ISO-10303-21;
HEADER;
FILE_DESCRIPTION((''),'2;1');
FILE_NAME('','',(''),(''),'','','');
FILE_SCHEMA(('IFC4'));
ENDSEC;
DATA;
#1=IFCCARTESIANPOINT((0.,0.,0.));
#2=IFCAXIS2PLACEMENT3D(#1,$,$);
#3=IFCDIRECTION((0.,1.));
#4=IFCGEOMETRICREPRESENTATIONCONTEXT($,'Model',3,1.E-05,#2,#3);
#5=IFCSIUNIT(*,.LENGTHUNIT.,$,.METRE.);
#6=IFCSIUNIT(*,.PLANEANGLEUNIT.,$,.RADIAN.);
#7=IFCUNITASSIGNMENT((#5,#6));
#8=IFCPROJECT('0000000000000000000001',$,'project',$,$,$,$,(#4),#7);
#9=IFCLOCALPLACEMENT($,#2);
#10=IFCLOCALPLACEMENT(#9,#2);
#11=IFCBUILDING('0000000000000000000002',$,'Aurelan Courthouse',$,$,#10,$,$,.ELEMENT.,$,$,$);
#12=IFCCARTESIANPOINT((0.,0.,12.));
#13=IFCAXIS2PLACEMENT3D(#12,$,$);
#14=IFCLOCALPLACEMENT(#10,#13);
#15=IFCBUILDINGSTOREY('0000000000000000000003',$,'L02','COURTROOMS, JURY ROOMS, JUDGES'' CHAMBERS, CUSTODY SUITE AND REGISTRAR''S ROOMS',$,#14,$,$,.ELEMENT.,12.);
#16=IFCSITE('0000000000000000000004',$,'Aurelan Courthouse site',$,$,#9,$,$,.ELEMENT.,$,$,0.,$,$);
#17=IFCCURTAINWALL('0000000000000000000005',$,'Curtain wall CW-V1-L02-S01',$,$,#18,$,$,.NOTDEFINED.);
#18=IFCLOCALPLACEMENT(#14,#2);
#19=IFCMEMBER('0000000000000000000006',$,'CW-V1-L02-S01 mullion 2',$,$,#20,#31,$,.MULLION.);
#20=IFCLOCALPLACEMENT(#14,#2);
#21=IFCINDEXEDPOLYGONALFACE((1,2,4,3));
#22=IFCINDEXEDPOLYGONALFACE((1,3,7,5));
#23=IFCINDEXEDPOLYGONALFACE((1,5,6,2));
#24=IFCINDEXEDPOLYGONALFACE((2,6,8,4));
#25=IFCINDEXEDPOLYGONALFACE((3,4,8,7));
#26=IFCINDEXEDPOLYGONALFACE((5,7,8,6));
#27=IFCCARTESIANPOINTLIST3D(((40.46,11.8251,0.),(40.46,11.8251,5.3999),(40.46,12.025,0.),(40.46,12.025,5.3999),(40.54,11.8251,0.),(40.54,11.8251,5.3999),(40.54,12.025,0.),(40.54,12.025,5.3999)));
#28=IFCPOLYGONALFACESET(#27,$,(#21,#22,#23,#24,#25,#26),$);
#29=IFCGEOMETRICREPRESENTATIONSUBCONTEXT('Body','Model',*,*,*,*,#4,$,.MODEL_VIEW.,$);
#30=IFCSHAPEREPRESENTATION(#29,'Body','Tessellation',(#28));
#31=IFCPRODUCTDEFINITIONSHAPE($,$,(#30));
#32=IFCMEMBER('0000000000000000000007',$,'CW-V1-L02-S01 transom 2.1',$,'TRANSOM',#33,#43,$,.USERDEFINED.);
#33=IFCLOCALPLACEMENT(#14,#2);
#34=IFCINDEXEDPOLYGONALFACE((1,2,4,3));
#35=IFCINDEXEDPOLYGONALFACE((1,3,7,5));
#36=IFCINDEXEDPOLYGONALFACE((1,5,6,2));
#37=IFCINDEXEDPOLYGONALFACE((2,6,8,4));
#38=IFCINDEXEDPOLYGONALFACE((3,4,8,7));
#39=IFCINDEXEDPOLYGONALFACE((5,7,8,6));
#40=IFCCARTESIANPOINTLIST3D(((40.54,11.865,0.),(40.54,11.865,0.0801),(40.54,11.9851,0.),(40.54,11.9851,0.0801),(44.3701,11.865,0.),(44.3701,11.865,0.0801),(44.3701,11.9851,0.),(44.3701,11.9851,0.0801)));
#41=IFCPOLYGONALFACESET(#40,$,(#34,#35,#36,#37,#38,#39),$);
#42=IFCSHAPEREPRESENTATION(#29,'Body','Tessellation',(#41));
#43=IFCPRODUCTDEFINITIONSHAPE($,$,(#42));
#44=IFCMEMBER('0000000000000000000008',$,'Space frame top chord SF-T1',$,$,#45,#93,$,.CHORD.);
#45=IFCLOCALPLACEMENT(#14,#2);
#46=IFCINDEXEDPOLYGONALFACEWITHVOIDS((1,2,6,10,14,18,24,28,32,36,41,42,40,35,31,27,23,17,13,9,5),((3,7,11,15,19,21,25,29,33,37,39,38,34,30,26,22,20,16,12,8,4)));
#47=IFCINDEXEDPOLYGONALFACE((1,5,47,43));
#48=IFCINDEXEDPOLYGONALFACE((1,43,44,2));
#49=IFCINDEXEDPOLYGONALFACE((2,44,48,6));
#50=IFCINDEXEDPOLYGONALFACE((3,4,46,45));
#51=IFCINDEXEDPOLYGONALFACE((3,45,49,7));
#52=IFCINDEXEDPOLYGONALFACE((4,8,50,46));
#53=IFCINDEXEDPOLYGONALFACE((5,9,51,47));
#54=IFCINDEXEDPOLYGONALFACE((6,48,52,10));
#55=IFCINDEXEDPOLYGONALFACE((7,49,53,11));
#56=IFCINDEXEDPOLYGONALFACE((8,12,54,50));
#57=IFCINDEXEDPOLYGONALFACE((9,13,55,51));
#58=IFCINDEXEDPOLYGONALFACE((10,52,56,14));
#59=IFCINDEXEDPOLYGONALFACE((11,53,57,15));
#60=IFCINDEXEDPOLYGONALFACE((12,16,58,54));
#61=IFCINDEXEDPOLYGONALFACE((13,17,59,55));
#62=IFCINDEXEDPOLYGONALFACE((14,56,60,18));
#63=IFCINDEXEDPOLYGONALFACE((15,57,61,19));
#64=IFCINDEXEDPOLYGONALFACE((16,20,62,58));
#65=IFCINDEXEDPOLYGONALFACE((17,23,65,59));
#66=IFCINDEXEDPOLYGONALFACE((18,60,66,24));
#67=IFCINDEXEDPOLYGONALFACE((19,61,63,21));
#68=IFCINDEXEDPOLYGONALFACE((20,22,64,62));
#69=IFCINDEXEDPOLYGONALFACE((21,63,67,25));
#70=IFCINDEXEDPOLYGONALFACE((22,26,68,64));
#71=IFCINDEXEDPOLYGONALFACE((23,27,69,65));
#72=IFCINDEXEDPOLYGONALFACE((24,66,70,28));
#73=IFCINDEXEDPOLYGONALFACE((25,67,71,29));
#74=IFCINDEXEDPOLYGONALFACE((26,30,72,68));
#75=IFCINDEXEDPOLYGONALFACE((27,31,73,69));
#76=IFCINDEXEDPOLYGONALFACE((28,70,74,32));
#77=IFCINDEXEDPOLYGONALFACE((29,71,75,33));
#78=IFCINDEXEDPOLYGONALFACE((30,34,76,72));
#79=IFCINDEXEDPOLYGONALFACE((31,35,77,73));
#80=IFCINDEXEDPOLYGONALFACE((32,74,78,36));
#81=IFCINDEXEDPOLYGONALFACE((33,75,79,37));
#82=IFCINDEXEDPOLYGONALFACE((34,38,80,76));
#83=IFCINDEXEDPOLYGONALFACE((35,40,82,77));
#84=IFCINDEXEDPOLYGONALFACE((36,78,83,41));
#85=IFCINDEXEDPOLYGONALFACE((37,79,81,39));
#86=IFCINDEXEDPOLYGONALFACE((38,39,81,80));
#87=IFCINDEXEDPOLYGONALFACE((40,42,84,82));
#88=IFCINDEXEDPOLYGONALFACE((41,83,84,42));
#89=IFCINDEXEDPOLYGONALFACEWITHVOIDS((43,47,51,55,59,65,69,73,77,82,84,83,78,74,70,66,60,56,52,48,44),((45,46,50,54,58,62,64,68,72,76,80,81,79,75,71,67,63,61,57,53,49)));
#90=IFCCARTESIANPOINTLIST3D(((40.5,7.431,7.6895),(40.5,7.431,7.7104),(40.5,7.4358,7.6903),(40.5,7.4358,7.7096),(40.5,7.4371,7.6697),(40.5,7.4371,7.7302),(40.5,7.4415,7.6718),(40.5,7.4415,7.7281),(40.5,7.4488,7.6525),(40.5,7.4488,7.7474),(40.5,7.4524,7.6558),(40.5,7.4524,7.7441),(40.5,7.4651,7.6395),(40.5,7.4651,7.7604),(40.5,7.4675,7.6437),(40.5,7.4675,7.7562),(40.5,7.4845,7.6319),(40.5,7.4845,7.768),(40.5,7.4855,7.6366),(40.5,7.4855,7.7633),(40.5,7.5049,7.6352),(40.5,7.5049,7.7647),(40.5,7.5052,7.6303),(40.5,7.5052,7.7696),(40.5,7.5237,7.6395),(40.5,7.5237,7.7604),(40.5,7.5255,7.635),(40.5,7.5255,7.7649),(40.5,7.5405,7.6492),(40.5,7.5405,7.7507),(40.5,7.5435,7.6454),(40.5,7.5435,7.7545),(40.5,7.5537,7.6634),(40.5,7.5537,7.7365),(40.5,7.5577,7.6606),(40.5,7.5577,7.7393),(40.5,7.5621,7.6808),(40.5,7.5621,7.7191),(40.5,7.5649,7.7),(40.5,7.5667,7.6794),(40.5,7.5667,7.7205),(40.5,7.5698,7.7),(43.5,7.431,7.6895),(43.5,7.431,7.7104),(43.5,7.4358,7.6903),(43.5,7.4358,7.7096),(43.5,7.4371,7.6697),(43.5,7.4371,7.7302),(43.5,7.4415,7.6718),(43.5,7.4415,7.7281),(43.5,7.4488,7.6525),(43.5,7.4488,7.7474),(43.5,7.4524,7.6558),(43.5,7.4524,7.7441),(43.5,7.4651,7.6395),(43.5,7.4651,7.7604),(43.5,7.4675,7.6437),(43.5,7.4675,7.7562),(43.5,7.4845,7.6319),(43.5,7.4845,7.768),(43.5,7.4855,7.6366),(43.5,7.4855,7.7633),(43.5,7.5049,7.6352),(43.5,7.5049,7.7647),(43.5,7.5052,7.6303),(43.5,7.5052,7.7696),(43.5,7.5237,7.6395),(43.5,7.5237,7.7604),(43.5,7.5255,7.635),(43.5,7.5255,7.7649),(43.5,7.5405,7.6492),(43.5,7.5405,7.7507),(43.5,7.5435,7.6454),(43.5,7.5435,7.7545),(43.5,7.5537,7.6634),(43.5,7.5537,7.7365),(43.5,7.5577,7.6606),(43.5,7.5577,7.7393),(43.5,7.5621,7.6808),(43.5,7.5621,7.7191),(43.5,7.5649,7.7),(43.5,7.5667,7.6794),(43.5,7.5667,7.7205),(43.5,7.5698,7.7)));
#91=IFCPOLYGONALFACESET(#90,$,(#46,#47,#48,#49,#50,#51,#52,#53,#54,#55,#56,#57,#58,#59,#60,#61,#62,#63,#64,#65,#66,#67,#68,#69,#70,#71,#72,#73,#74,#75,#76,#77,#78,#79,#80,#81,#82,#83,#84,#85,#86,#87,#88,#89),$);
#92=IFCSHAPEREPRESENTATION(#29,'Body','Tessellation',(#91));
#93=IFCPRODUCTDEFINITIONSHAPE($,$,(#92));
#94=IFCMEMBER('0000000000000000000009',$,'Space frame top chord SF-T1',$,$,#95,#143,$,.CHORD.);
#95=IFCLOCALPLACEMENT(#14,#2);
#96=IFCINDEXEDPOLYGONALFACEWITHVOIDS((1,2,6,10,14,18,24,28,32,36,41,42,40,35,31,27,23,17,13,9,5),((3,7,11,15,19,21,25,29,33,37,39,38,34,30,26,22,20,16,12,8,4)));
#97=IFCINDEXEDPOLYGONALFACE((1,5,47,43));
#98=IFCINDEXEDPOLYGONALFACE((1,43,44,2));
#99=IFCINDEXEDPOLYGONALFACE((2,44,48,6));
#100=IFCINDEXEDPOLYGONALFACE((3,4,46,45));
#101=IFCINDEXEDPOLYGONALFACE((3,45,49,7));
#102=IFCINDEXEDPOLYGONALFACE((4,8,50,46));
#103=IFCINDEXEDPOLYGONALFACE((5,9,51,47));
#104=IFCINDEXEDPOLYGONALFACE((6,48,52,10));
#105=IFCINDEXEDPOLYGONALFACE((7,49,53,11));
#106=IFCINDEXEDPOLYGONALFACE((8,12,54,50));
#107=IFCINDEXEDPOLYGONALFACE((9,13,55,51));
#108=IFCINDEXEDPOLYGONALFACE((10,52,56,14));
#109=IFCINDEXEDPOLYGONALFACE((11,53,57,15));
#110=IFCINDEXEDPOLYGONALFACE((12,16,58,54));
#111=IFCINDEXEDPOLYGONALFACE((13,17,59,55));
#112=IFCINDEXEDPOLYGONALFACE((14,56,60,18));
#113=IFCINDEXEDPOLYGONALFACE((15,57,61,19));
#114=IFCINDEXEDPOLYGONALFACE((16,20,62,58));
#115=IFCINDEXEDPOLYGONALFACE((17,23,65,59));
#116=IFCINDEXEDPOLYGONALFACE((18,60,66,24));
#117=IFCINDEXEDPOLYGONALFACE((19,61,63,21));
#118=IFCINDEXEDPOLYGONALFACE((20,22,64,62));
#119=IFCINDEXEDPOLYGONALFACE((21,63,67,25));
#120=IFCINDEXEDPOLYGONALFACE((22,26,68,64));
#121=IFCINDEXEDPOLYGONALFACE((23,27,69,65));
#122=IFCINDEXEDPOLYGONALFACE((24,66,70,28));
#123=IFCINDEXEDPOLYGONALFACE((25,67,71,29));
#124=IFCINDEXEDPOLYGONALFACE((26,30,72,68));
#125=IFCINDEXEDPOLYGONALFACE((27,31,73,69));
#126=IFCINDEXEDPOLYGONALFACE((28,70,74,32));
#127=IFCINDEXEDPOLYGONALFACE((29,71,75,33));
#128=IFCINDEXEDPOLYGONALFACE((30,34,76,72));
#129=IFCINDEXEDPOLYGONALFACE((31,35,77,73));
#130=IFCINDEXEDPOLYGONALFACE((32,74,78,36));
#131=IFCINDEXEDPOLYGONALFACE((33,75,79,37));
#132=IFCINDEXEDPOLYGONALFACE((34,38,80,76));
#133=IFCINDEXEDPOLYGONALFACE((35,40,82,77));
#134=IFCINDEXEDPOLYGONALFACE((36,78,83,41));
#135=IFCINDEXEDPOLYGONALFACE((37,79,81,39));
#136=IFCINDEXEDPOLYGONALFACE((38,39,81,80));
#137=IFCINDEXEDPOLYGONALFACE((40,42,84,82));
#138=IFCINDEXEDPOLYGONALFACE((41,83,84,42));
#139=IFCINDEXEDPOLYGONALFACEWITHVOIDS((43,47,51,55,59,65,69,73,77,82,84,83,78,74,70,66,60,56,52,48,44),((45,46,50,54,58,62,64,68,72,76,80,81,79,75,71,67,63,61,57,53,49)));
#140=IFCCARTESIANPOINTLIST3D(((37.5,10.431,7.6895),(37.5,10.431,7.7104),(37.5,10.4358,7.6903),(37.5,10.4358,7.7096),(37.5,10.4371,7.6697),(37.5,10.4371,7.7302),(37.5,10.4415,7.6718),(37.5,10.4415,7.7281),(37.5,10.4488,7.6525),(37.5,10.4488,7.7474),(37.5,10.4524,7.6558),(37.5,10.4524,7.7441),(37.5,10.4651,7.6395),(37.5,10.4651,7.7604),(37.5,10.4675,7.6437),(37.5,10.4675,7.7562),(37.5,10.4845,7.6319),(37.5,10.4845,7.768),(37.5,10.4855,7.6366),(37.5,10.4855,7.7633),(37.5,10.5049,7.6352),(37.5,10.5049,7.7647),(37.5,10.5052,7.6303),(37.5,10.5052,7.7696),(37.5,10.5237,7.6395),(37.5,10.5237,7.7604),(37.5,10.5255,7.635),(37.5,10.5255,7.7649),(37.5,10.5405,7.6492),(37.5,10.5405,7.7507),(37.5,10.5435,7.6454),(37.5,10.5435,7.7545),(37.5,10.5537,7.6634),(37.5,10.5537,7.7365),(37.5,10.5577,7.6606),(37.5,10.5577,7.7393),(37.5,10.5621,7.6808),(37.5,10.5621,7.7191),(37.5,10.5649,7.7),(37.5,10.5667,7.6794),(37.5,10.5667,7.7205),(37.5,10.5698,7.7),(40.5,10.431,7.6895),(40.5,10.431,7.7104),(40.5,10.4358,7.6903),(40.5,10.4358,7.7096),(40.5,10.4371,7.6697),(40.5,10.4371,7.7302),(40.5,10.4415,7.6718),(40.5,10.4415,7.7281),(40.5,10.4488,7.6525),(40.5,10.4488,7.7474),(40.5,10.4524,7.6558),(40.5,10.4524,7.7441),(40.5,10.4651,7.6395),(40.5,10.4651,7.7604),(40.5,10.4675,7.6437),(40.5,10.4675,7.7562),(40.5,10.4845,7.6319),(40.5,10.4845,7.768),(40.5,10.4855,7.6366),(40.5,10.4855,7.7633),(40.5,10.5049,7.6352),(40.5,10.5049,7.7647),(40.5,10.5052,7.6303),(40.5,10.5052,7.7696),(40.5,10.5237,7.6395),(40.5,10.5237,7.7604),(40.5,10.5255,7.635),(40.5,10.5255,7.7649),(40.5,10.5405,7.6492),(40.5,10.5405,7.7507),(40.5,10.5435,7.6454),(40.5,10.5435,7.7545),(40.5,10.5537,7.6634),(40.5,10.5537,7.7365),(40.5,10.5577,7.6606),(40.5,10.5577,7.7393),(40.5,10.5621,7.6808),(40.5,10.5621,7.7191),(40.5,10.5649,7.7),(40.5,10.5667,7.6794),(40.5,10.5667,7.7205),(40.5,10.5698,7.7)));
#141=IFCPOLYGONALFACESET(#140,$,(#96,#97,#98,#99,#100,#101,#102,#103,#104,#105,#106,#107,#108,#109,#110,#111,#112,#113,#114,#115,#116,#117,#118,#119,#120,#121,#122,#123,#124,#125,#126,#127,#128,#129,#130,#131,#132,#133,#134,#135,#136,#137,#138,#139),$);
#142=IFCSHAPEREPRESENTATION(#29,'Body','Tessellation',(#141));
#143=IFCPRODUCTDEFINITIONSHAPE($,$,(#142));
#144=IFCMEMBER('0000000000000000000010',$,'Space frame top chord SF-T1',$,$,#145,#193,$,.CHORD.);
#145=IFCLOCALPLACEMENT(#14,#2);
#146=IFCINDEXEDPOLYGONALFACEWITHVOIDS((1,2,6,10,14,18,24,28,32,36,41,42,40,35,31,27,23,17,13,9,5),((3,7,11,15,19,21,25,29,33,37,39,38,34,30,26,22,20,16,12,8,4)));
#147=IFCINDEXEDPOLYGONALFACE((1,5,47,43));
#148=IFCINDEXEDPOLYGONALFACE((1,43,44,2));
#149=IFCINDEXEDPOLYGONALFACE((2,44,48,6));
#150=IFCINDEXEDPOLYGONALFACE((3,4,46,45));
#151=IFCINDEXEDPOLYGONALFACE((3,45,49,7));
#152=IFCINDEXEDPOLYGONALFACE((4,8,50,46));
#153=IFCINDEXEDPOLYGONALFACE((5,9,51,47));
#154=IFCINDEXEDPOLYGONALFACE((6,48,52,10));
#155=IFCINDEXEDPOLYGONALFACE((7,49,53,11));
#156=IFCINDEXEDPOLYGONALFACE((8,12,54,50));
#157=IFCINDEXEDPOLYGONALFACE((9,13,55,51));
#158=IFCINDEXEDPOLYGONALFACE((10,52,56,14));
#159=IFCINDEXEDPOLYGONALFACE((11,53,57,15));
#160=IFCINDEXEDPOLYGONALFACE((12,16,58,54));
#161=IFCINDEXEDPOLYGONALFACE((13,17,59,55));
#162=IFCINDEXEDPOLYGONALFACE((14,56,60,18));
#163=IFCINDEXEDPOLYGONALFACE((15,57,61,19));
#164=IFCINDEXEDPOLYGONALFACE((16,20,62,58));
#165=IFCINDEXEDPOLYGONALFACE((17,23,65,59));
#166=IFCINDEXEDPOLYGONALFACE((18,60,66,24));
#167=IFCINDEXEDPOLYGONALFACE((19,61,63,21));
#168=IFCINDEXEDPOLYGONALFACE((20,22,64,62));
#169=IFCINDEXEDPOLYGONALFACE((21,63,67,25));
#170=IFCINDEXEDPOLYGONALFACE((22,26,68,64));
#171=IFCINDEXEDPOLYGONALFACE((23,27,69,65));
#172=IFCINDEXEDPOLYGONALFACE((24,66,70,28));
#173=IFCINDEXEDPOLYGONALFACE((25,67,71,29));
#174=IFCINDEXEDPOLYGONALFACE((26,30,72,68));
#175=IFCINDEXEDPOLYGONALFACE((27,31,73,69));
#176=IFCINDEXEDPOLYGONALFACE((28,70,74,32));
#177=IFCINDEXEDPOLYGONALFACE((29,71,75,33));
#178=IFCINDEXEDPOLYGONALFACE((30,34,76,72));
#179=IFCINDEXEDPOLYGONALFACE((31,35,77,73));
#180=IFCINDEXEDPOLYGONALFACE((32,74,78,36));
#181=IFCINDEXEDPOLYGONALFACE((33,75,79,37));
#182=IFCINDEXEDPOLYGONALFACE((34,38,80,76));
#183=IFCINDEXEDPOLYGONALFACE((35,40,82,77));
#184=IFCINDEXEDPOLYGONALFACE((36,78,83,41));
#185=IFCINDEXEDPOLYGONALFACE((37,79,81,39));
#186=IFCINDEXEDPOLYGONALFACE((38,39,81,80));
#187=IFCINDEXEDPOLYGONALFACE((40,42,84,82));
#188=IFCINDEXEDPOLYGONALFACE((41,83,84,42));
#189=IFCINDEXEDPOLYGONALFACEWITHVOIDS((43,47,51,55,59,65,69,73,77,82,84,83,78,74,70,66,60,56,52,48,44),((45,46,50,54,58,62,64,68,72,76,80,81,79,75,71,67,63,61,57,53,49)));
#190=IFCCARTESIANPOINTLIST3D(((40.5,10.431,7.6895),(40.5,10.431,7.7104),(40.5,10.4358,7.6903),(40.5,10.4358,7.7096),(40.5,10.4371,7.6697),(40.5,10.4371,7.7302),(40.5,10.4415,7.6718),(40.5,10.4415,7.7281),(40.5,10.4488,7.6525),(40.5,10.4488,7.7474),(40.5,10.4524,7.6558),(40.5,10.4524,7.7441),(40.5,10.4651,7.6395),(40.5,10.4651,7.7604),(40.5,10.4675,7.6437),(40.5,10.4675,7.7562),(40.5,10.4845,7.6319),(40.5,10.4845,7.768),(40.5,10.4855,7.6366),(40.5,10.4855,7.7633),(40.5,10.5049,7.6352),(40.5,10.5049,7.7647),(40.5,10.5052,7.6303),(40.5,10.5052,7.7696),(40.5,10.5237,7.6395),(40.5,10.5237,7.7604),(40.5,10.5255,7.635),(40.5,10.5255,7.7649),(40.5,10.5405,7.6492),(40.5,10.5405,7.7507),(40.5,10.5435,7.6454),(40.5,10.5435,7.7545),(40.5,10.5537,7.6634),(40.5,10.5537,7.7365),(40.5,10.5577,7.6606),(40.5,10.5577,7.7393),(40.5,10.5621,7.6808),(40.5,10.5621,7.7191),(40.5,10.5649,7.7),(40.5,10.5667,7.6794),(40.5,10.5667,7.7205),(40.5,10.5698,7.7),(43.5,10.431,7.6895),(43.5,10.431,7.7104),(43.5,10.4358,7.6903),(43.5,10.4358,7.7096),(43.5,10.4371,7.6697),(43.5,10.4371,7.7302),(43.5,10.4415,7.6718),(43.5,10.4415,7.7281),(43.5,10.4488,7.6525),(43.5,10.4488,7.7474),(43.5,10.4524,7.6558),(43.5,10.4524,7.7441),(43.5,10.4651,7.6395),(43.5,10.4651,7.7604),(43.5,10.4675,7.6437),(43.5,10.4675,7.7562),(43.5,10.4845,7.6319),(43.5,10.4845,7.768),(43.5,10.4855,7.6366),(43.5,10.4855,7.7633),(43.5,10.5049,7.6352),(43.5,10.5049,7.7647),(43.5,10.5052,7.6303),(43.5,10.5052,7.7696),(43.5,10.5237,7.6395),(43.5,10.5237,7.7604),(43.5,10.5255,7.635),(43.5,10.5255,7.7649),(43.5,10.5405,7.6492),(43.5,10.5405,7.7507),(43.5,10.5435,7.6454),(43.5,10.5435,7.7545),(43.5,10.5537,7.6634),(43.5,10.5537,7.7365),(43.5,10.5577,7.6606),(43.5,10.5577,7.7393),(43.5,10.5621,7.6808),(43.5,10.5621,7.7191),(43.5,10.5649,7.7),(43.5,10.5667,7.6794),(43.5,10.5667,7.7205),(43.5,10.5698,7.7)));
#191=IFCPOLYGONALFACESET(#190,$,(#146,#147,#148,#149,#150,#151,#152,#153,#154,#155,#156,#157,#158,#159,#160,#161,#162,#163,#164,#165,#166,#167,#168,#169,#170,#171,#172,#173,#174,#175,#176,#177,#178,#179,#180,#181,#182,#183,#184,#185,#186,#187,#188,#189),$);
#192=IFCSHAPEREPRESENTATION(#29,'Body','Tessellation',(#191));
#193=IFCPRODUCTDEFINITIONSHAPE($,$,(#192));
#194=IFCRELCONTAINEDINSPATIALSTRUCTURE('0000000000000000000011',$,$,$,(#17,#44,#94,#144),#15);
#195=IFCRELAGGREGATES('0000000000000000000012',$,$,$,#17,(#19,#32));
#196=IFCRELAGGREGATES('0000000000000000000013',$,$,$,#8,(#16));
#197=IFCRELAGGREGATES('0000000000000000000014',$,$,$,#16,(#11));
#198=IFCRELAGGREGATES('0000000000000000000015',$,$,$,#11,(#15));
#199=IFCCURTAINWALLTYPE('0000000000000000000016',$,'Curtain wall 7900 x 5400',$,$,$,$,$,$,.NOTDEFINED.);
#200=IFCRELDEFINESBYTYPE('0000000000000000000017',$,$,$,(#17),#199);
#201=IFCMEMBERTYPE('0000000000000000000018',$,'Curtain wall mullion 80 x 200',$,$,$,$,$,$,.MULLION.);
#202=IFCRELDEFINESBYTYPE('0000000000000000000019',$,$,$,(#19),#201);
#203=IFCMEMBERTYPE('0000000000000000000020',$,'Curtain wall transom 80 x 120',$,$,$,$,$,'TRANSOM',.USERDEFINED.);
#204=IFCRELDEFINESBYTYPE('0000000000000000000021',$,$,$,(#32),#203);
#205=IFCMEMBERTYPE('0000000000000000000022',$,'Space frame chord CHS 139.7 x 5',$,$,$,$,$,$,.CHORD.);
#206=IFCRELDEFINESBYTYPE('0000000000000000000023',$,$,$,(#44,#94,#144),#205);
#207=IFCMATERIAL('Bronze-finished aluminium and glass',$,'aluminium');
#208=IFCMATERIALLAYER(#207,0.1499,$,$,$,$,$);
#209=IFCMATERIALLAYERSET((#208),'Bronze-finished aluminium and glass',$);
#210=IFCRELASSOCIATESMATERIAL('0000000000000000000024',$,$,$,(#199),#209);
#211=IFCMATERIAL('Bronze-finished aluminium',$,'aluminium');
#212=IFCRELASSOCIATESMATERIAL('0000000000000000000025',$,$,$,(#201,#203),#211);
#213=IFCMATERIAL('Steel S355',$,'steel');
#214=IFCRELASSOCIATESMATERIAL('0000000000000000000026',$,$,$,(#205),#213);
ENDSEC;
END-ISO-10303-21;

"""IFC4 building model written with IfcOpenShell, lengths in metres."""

from ifc_helpers import new_model, si_unit, direction, frame, origin, origin_2d, place, context, subcontext, project, spatial, rectangle, hollow_circle, extrude, material, layer, layer_set, material_profile, profile_set, type_object, element, aggregate, save


model = new_model("IFC4")

# Units and contexts
model_context = context("Model", 3, precision=1e-05, world=origin(), true_north=direction((0.0, 1.0)))
body_context = subcontext(model_context, "Body", "Model", "MODEL_VIEW")
ifc_project = project(units=[si_unit("LENGTHUNIT", "METRE"), si_unit("PLANEANGLEUNIT", "RADIAN")], contexts=[model_context])

# Site, building, storey
site_placement = place(None, origin())
site = spatial("IfcSite", under=ifc_project, at=site_placement, Name="Aurelan Courthouse site", CompositionType="ELEMENT", RefElevation=0.0)
building_placement = place(site_placement, origin())
building = spatial("IfcBuilding", under=site, at=building_placement, Name="Aurelan Courthouse", CompositionType="ELEMENT")
storey_placement = place(building_placement, frame((0.0, 0.0, 12.0)))
storey = spatial("IfcBuildingStorey", under=building, at=storey_placement, Name="L02", Description="COURTROOMS, JURY ROOMS, JUDGES' CHAMBERS, CUSTODY SUITE AND REGISTRAR'S ROOMS", CompositionType="ELEMENT", Elevation=12.0)

# Curtain wall, members
ifc_material_1 = material(Name="Bronze-finished aluminium and glass", Category="aluminium")
ifc_layer_1 = layer(ifc_material_1, 0.1499)
ifc_layer_set_1 = layer_set([ifc_layer_1], Name="Bronze-finished aluminium and glass")
curtain_wall_type = type_object("IfcCurtainWallType", Name="Curtain wall 7900 x 5400", PredefinedType="NOTDEFINED", material=ifc_layer_set_1)
curtain_wall_placement = place(storey_placement, origin())
curtain_wall = element("IfcCurtainWall", 1, at=curtain_wall_placement, inside=storey, type_object=curtain_wall_type, Name="Curtain wall CW-V1-L02-S01", PredefinedType="NOTDEFINED")
ifc_material_2 = material(Name="Bronze-finished aluminium", Category="aluminium")
ifc_material_profile_1 = material_profile(ifc_material_2, rectangle(XDim=0.2, YDim=0.0801, at=origin_2d()), Name="Bronze mullion 80 x 200")
ifc_profile_set_1 = profile_set([ifc_material_profile_1], Name="Bronze-finished aluminium")
member_type_1 = type_object("IfcMemberType", Name="Curtain wall mullion 80 x 200", PredefinedType="MULLION", material=ifc_profile_set_1)
member_1_placement = place(storey_placement, frame((40.5, 11.925, 0.0), z_axis=(0.0, 0.0, 1.0), x_axis=(0.0, 1.0, 0.0)))
member_1 = element("IfcMember", 2, at=member_1_placement, type_object=member_type_1, Name="CW-V1-L02-S01 mullion 2", PredefinedType="MULLION", context=body_context, shape_type="SweptSolid", body=[
    extrude(rectangle(XDim=0.2, YDim=0.0801, at=origin_2d()), origin(), (0.0, 0.0, 1.0), 5.3999),
])
ifc_material_profile_2 = material_profile(ifc_material_2, rectangle(XDim=0.1201, YDim=0.0801, at=origin_2d()), Name="Bronze transom 80 x 120")
ifc_profile_set_2 = profile_set([ifc_material_profile_2], Name="Bronze-finished aluminium")
member_type_2 = type_object("IfcMemberType", Name="Curtain wall transom 80 x 120", ElementType="TRANSOM", PredefinedType="USERDEFINED", material=ifc_profile_set_2)
member_2_placement = place(storey_placement, frame((40.54, 11.925, 0.04), z_axis=(1.0, 0.0, 0.0), x_axis=(0.0, 1.0, 0.0)))
member_2 = element("IfcMember", 3, at=member_2_placement, type_object=member_type_2, Name="CW-V1-L02-S01 transom 2.1", ObjectType="TRANSOM", PredefinedType="USERDEFINED", context=body_context, shape_type="SweptSolid", body=[
    extrude(rectangle(XDim=0.1201, YDim=0.0801, at=origin_2d()), origin(), (0.0, 0.0, 1.0), 3.8301),
])

# Members
ifc_material_3 = material(Name="Steel S355", Category="steel")
ifc_material_profile_3 = material_profile(ifc_material_3, hollow_circle(Radius=0.0698, WallThickness=0.0049, at=origin_2d()), Name="CHS 139.7 x 5")
ifc_profile_set_3 = profile_set([ifc_material_profile_3], Name="Steel S355")
member_type_3 = type_object("IfcMemberType", Name="Space frame chord CHS 139.7 x 5", PredefinedType="CHORD", material=ifc_profile_set_3)
for number, where, z_axis, x_axis, name in (
    (4, (40.5, 7.5, 7.7), (1.0, 0.0, 0.0), (0.0, 1.0, 0.0), "Space frame top chord SF-T1"),
    (5, (37.5, 10.5, 7.7), (1.0, 0.0, 0.0), (0.0, 1.0, 0.0), "Space frame top chord SF-T1"),
    (6, (40.5, 10.5, 7.7), (1.0, 0.0, 0.0), (0.0, 1.0, 0.0), "Space frame top chord SF-T1"),
):
    element("IfcMember", number, at=place(storey_placement, frame(where, z_axis=z_axis, x_axis=x_axis)), inside=storey, type_object=member_type_3, Name=name, PredefinedType="CHORD", context=body_context, shape_type="SweptSolid", body=[
        extrude(hollow_circle(Radius=0.0698, WallThickness=0.0049, at=origin_2d()), origin(), (0.0, 0.0, 1.0), 3.0),
    ])

aggregate(curtain_wall, [member_1, member_2])

save(model, "model.ifc")
